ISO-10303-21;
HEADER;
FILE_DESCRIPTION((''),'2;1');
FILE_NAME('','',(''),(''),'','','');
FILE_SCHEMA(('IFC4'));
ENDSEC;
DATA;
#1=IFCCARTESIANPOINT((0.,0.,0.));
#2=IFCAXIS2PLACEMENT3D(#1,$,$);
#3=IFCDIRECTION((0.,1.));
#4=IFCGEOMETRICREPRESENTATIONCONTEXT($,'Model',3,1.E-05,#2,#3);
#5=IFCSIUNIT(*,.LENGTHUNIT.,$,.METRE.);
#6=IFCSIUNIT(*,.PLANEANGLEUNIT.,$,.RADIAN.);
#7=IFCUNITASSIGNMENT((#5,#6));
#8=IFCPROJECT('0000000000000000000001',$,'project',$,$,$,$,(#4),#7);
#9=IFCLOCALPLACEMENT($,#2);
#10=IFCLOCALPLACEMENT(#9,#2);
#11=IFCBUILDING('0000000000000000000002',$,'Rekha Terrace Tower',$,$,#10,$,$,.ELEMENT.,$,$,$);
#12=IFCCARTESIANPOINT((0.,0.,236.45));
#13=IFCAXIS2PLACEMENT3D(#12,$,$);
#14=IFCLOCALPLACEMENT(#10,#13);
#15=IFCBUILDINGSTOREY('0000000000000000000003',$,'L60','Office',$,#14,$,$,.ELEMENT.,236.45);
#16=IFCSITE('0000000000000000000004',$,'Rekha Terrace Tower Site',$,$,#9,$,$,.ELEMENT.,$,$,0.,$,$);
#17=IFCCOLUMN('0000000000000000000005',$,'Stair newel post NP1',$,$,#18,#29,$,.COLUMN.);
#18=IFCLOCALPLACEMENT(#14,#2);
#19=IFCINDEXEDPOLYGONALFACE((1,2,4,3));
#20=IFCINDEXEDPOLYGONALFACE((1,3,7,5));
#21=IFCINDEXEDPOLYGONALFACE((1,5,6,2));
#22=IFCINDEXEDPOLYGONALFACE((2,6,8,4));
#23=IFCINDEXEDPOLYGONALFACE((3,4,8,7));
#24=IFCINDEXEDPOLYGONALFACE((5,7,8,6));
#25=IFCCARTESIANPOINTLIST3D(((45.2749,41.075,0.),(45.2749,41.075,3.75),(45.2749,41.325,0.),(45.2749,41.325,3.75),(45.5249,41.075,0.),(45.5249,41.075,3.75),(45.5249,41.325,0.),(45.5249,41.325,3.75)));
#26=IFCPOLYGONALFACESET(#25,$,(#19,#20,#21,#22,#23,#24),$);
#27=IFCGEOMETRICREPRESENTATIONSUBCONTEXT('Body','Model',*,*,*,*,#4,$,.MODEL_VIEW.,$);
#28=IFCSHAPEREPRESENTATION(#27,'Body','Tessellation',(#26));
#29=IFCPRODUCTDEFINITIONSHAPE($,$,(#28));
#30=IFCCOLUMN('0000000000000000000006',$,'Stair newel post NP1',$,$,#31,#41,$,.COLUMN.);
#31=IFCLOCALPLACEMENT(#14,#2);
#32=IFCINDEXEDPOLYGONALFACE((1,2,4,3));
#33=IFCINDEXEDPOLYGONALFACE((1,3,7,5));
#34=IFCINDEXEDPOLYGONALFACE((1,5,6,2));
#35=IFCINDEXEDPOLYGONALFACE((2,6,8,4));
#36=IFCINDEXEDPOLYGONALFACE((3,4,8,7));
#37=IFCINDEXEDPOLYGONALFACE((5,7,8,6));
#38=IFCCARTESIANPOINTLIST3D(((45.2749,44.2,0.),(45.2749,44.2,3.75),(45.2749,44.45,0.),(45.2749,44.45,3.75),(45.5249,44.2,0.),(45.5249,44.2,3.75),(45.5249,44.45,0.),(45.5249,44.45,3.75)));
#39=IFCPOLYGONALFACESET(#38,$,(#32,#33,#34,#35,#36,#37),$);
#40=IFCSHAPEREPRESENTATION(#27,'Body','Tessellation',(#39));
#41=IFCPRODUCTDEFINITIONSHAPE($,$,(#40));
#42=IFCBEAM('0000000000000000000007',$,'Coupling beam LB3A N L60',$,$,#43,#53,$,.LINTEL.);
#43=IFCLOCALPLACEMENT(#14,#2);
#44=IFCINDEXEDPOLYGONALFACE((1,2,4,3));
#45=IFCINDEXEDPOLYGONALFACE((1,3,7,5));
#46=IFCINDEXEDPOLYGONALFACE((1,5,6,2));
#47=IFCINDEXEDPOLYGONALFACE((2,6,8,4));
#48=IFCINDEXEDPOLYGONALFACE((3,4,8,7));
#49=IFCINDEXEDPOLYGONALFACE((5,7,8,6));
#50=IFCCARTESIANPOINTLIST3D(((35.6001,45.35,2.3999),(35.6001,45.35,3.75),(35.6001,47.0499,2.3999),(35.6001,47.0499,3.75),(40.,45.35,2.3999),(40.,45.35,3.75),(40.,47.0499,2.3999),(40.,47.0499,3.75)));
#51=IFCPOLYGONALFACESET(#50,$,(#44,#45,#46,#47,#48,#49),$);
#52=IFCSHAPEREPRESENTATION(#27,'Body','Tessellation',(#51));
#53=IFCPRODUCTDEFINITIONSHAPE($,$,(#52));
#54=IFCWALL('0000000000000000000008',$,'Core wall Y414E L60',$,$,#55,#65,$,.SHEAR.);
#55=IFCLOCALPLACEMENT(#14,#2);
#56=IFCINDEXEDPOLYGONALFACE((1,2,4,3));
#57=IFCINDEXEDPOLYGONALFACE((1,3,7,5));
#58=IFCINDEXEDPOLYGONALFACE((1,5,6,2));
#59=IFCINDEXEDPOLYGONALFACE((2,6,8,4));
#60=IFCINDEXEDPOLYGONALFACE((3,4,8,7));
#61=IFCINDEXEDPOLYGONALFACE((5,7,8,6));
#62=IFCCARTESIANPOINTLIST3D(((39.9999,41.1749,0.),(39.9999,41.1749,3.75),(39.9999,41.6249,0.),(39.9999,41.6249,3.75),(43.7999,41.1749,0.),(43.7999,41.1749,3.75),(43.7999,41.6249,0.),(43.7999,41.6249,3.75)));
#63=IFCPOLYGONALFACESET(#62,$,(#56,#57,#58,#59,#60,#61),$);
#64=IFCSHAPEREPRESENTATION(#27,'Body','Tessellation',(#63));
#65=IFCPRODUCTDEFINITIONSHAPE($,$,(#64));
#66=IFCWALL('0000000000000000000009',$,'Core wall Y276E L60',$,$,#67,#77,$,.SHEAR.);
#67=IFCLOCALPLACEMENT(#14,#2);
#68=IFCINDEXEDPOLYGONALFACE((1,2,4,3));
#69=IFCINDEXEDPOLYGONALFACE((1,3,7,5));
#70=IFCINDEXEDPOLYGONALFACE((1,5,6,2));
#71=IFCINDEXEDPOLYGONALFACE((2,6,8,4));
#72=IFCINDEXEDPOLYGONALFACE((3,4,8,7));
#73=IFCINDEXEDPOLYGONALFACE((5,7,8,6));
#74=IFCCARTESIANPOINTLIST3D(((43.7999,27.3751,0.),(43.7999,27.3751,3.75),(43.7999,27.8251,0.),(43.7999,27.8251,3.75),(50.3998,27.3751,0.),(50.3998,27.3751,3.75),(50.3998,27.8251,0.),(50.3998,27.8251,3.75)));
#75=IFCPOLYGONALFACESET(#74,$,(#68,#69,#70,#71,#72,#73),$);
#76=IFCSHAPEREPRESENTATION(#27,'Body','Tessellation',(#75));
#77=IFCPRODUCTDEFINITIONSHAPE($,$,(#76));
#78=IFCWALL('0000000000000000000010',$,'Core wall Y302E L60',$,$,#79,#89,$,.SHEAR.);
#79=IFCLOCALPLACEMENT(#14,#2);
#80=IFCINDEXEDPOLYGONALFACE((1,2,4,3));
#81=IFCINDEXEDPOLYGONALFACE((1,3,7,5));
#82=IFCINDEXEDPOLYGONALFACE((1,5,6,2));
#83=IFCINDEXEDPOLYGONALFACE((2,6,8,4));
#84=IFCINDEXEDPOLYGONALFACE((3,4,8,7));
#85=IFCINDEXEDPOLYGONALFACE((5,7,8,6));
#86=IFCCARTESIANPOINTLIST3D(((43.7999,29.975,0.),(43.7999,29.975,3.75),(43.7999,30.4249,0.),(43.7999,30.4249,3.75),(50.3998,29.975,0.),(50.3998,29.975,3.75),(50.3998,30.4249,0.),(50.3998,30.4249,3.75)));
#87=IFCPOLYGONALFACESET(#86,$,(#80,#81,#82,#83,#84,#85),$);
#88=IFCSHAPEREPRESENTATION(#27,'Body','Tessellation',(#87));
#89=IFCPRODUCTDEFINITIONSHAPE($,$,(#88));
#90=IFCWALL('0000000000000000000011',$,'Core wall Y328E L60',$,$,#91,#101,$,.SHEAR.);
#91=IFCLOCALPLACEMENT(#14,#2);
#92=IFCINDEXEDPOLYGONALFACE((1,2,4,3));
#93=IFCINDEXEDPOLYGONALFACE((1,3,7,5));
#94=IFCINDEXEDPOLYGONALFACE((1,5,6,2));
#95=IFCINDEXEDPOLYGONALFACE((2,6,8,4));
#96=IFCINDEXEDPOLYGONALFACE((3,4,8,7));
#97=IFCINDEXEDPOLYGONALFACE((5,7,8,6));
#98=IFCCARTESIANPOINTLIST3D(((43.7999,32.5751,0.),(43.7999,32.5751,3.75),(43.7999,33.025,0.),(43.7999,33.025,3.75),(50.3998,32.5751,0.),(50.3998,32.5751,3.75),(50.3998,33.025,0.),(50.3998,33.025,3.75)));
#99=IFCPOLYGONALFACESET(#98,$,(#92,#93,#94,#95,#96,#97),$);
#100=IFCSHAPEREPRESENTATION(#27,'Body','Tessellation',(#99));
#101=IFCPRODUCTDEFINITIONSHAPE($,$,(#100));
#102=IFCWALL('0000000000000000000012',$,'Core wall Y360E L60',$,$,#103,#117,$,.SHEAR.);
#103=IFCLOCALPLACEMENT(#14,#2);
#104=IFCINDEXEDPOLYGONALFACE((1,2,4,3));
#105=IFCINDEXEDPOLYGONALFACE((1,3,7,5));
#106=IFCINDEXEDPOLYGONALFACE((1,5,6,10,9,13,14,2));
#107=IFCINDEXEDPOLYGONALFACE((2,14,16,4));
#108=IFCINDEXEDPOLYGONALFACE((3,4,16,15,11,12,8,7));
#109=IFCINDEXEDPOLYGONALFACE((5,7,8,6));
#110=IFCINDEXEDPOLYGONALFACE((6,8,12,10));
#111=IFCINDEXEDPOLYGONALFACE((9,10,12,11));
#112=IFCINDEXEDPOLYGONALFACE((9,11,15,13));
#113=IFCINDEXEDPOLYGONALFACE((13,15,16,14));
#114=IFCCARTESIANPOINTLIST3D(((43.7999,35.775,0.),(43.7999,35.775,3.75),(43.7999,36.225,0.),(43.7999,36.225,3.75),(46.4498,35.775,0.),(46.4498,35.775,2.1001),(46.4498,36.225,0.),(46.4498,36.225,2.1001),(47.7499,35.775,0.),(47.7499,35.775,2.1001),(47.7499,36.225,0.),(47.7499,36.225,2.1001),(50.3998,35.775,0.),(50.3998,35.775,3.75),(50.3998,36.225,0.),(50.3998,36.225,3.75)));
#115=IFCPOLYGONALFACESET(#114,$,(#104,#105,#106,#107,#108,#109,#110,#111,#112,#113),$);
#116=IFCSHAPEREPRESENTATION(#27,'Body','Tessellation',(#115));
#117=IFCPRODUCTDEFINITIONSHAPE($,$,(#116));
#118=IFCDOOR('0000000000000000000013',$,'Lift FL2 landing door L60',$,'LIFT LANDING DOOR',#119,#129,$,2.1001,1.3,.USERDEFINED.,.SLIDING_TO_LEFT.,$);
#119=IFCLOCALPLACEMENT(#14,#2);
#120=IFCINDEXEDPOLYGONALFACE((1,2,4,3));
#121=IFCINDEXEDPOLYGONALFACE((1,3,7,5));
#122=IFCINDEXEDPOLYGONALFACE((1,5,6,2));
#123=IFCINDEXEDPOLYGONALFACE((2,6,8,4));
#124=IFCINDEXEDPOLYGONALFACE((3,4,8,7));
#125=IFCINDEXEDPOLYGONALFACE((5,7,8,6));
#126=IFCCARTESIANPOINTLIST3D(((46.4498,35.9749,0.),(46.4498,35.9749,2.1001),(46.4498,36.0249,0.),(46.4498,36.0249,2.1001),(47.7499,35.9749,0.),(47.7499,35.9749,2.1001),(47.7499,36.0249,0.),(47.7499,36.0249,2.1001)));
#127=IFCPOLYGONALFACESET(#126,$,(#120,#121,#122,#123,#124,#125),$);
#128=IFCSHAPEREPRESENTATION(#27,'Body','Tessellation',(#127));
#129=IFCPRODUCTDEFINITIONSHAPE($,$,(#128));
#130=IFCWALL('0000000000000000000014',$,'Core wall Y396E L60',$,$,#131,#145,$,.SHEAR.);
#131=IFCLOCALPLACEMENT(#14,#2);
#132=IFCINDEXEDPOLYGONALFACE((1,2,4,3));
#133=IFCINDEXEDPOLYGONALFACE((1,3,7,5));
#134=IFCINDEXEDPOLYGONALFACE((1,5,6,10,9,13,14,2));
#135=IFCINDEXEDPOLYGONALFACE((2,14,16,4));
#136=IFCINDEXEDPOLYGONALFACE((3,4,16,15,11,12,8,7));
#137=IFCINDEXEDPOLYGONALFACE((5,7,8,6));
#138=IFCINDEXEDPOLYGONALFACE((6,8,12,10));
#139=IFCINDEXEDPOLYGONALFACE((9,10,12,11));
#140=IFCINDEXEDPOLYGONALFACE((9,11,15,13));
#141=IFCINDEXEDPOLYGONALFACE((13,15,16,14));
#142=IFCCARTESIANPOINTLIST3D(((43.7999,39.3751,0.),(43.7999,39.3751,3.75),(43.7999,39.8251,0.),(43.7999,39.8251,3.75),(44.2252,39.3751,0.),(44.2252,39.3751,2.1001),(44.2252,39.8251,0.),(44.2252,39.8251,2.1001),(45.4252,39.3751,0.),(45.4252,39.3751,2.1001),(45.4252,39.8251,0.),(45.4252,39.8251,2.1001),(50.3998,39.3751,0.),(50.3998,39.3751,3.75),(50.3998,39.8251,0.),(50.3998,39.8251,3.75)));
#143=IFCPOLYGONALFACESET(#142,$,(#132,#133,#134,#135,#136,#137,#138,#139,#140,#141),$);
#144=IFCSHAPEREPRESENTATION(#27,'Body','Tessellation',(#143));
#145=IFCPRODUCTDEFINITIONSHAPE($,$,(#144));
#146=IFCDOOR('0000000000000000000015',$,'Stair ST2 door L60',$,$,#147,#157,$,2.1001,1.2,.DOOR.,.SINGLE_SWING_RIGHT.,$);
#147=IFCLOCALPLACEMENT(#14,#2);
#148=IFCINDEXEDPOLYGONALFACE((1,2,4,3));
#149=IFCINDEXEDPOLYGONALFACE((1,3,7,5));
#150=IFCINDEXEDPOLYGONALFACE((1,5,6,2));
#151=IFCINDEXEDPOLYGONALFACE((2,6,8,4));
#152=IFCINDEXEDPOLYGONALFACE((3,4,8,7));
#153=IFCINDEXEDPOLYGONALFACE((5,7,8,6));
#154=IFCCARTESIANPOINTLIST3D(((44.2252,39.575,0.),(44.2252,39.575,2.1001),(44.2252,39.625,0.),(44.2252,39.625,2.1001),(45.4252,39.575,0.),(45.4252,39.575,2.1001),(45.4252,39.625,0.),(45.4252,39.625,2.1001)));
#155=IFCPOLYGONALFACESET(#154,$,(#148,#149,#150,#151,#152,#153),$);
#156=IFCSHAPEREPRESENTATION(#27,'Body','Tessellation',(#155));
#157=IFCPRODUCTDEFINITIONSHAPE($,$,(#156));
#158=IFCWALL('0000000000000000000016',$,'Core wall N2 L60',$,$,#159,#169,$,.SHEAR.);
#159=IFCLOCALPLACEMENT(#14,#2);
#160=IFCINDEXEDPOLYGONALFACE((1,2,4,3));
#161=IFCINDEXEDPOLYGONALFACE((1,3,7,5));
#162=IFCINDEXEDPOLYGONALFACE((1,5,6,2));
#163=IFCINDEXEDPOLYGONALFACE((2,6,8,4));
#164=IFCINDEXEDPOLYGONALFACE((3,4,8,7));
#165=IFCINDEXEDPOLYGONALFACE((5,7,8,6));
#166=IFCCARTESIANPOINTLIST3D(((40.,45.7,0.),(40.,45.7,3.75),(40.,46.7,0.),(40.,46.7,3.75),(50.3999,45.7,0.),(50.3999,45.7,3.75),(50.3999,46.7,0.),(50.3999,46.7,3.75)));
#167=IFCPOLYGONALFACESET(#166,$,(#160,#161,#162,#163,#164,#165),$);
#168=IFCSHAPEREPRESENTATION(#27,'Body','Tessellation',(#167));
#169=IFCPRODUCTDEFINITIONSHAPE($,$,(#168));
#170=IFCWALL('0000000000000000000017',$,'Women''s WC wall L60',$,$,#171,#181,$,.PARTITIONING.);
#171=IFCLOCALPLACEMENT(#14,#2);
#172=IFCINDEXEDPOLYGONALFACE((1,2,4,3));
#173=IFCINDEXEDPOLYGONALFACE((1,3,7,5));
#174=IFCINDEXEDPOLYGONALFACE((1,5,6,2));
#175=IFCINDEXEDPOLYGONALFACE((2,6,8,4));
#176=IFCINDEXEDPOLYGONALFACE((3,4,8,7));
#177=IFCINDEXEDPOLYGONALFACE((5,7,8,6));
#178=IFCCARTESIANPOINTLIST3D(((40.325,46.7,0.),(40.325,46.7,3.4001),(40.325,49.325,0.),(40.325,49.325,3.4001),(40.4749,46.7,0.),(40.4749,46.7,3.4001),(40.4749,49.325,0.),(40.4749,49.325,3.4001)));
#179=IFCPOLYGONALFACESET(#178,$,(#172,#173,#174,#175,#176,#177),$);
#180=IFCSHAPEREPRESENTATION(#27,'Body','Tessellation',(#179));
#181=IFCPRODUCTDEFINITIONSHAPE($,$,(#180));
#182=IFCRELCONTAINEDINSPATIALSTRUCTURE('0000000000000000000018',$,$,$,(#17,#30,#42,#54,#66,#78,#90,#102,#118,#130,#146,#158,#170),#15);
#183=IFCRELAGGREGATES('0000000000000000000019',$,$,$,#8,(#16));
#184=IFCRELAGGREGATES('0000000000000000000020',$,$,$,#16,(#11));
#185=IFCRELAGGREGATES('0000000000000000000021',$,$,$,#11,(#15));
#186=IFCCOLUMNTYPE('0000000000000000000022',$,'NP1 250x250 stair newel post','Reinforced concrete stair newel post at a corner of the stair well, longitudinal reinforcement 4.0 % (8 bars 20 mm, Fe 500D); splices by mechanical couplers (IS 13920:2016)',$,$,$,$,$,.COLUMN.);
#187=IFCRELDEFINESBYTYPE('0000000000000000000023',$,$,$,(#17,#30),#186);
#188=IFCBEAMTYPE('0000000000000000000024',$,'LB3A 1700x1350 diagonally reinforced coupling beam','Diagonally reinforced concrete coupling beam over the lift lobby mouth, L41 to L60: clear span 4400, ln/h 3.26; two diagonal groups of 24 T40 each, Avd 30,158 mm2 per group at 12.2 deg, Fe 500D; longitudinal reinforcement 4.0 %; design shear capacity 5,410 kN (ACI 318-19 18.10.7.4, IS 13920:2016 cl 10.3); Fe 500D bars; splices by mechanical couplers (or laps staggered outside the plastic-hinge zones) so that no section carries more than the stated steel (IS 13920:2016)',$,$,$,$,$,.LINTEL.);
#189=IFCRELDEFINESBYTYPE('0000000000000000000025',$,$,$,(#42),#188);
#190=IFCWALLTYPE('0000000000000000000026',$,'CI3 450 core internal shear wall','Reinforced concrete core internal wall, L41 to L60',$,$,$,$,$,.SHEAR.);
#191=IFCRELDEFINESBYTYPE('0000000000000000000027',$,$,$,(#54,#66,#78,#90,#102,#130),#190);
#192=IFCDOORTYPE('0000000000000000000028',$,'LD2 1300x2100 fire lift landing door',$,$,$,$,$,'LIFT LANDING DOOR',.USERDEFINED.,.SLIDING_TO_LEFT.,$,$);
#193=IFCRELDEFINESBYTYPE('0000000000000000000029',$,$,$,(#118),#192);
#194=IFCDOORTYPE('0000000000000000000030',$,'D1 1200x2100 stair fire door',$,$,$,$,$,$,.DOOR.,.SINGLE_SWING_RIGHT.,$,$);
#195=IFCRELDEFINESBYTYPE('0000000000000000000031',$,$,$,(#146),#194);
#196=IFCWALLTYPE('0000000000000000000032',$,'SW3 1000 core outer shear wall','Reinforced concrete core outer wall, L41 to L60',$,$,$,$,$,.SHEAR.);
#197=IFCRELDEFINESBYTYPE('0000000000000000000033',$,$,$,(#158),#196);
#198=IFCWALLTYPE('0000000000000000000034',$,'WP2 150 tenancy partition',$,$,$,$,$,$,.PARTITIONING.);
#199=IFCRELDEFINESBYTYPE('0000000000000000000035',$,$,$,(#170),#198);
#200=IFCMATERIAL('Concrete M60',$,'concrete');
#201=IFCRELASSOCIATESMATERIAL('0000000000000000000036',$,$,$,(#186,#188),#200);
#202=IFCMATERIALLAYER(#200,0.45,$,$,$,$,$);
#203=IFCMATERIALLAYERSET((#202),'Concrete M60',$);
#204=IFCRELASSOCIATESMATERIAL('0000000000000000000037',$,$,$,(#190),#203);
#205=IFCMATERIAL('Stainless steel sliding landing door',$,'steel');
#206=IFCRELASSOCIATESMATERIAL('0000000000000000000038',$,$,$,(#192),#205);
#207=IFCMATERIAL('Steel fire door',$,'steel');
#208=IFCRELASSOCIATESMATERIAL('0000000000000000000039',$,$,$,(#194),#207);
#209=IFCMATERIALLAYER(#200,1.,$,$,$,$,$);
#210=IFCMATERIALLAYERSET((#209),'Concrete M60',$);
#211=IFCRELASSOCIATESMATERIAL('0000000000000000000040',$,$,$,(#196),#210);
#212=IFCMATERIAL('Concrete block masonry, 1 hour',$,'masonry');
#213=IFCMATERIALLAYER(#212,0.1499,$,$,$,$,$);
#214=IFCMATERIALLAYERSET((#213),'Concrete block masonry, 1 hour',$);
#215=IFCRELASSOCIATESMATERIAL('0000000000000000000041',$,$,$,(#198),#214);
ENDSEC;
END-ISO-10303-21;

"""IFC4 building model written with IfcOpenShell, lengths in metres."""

from ifc_helpers import new_model, si_unit, direction, frame, frame_2d, origin, origin_2d, place, context, subcontext, project, spatial, rectangle, extrude, material, layer, layer_set, material_profile, profile_set, type_object, element, fill, save


model = new_model("IFC4")

# Units and contexts
model_context = context("Model", 3, precision=1e-05, world=origin(), true_north=direction((0.0, 1.0)))
body_context = subcontext(model_context, "Body", "Model", "MODEL_VIEW")
ifc_project = project(units=[si_unit("LENGTHUNIT", "METRE"), si_unit("PLANEANGLEUNIT", "RADIAN")], contexts=[model_context])

# Site, building, storey
site_placement = place(None, origin())
site = spatial("IfcSite", under=ifc_project, at=site_placement, Name="Rekha Terrace Tower Site", CompositionType="ELEMENT", RefElevation=0.0)
building_placement = place(site_placement, origin())
building = spatial("IfcBuilding", under=site, at=building_placement, Name="Rekha Terrace Tower", CompositionType="ELEMENT")
storey_placement = place(building_placement, frame((0.0, 0.0, 236.45)))
storey = spatial("IfcBuildingStorey", under=building, at=storey_placement, Name="L60", Description="Office", CompositionType="ELEMENT", Elevation=236.45)

# Columns
ifc_material_1 = material(Name="Concrete M60", Category="concrete")
ifc_material_profile_1 = material_profile(ifc_material_1, rectangle(XDim=0.25, YDim=0.25, at=origin_2d()), Name="RC 250x250")
ifc_profile_set_1 = profile_set([ifc_material_profile_1], Name="Concrete M60")
column_type = type_object("IfcColumnType", Name="NP1 250x250 stair newel post", Description="Reinforced concrete stair newel post at a corner of the stair well, longitudinal reinforcement 4.0 % (8 bars 20 mm, Fe 500D); splices by mechanical couplers (IS 13920:2016)", PredefinedType="COLUMN", material=ifc_profile_set_1)
for number, where, z_axis, x_axis, name in (
    (1, (45.3999, 41.2, 0.0), (0.0, 0.0, 1.0), (1.0, 0.0, 0.0), "Stair newel post NP1"),
    (2, (45.3999, 44.325, 0.0), (0.0, 0.0, 1.0), (1.0, 0.0, 0.0), "Stair newel post NP1"),
):
    element("IfcColumn", number, at=place(storey_placement, frame(where, z_axis=z_axis, x_axis=x_axis)), inside=storey, type_object=column_type, Name=name, PredefinedType="COLUMN", context=body_context, shape_type="SweptSolid", body=[
        extrude(rectangle(XDim=0.25, YDim=0.25, at=origin_2d()), origin(), (0.0, 0.0, 1.0), 3.75),
    ])

# Beam
ifc_material_profile_2 = material_profile(ifc_material_1, rectangle(XDim=1.7, YDim=1.3501, at=origin_2d()), Name="RC 1700x1350")
ifc_profile_set_2 = profile_set([ifc_material_profile_2], Name="Concrete M60")
beam_type = type_object("IfcBeamType", Name="LB3A 1700x1350 diagonally reinforced coupling beam", Description="Diagonally reinforced concrete coupling beam over the lift lobby mouth, L41 to L60: clear span 4400, ln/h 3.26; two diagonal groups of 24 T40 each, Avd 30,158 mm2 per group at 12.2 deg, Fe 500D; longitudinal reinforcement 4.0 %; design shear capacity 5,410 kN (ACI 318-19 18.10.7.4, IS 13920:2016 cl 10.3); Fe 500D bars; splices by mechanical couplers (or laps staggered outside the plastic-hinge zones) so that no section carries more than the stated steel (IS 13920:2016)", PredefinedType="LINTEL", material=ifc_profile_set_2)
beam_placement = place(storey_placement, frame((35.6001, 46.2, 3.075), z_axis=(1.0, 0.0, 0.0), x_axis=(0.0, 1.0, 0.0)))
element("IfcBeam", 3, at=beam_placement, inside=storey, type_object=beam_type, Name="Coupling beam LB3A N L60", PredefinedType="LINTEL", context=body_context, shape_type="SweptSolid", body=[
    extrude(rectangle(XDim=1.7, YDim=1.3501, at=origin_2d()), origin(), (0.0, 0.0, 1.0), 4.3999),
])

# Walls
ifc_layer_1 = layer(ifc_material_1, 0.45)
ifc_layer_set_1 = layer_set([ifc_layer_1], Name="Concrete M60")
wall_type_1 = type_object("IfcWallType", Name="CI3 450 core internal shear wall", Description="Reinforced concrete core internal wall, L41 to L60", PredefinedType="SHEAR", material=ifc_layer_set_1)
wall_1_placement = place(storey_placement, frame((40.0, 41.3999, 0.0), z_axis=(0.0, 0.0, 1.0), x_axis=(1.0, 0.0, 0.0)))
element("IfcWall", 4, at=wall_1_placement, inside=storey, type_object=wall_type_1, Name="Core wall Y414E L60", PredefinedType="SHEAR", context=body_context, shape_type="SweptSolid", body=[
    extrude(rectangle(XDim=3.8, YDim=0.45, at=frame_2d((1.8999, 0.0))), origin(), (0.0, 0.0, 1.0), 3.75),
])
for number, where, z_axis, x_axis, name in (
    (5, (43.8, 27.6001, 0.0), (0.0, 0.0, 1.0), (1.0, 0.0, 0.0), "Core wall Y276E L60"),
    (6, (43.8, 30.2, 0.0), (0.0, 0.0, 1.0), (1.0, 0.0, 0.0), "Core wall Y302E L60"),
    (7, (43.8, 32.8, 0.0), (0.0, 0.0, 1.0), (1.0, 0.0, 0.0), "Core wall Y328E L60"),
):
    element("IfcWall", number, at=place(storey_placement, frame(where, z_axis=z_axis, x_axis=x_axis)), inside=storey, type_object=wall_type_1, Name=name, PredefinedType="SHEAR", context=body_context, shape_type="SweptSolid", body=[
        extrude(rectangle(XDim=6.5999, YDim=0.45, at=frame_2d((3.2998, 0.0))), origin(), (0.0, 0.0, 1.0), 3.75),
    ])

# Walls, openings, doors
wall_2_placement = place(storey_placement, frame((43.8, 36.0, 0.0), z_axis=(0.0, 0.0, 1.0), x_axis=(1.0, 0.0, 0.0)))
wall_2 = element("IfcWall", 8, at=wall_2_placement, inside=storey, type_object=wall_type_1, Name="Core wall Y360E L60", PredefinedType="SHEAR", context=body_context, shape_type="SweptSolid", body=[
    extrude(rectangle(XDim=6.5999, YDim=0.45, at=frame_2d((3.2998, 0.0))), origin(), (0.0, 0.0, 1.0), 3.75),
])
opening_1_placement = place(wall_2_placement, frame((2.6499, 0.0, 0.0)))
opening_1 = element("IfcOpeningElement", 9, at=opening_1_placement, cuts=wall_2, PredefinedType="OPENING", context=body_context, shape_type="SweptSolid", body=[
    extrude(rectangle(XDim=1.3, YDim=2.1001, at=frame_2d((0.6499, 1.05))), frame((0.0, 0.2349, 0.0), z_axis=(0.0, -1.0, 0.0), x_axis=(1.0, 0.0, 0.0)), (0.0, 0.0, 1.0), 0.47),
])
ifc_material_2 = material(Name="Stainless steel sliding landing door", Category="steel")
door_type_1 = type_object("IfcDoorType", Name="LD2 1300x2100 fire lift landing door", ElementType="LIFT LANDING DOOR", OperationType="SLIDING_TO_LEFT", PredefinedType="USERDEFINED", material=ifc_material_2)
door_1_placement = place(opening_1_placement, origin())
door_1 = element("IfcDoor", 10, at=door_1_placement, inside=storey, type_object=door_type_1, Name="Lift FL2 landing door L60", ObjectType="LIFT LANDING DOOR", OperationType="SLIDING_TO_LEFT", OverallHeight=2.1001, OverallWidth=1.3, PredefinedType="USERDEFINED", context=body_context, shape_type="SweptSolid", body=[
    extrude(rectangle(XDim=1.3, YDim=2.1001, at=frame_2d((0.6499, 1.05))), frame((0.0, 0.0249, 0.0), z_axis=(0.0, -1.0, 0.0), x_axis=(1.0, 0.0, 0.0)), (0.0, 0.0, 1.0), 0.05),
])
fill(opening_1, door_1)
wall_3_placement = place(storey_placement, frame((43.8, 39.6001, 0.0), z_axis=(0.0, 0.0, 1.0), x_axis=(1.0, 0.0, 0.0)))
wall_3 = element("IfcWall", 11, at=wall_3_placement, inside=storey, type_object=wall_type_1, Name="Core wall Y396E L60", PredefinedType="SHEAR", context=body_context, shape_type="SweptSolid", body=[
    extrude(rectangle(XDim=6.5999, YDim=0.45, at=frame_2d((3.2998, 0.0))), origin(), (0.0, 0.0, 1.0), 3.75),
])
opening_2_placement = place(wall_3_placement, frame((0.425, 0.0, 0.0)))
opening_2 = element("IfcOpeningElement", 12, at=opening_2_placement, cuts=wall_3, PredefinedType="OPENING", context=body_context, shape_type="SweptSolid", body=[
    extrude(rectangle(XDim=1.2, YDim=2.1001, at=frame_2d((0.6001, 1.05))), frame((0.0, 0.2349, 0.0), z_axis=(0.0, -1.0, 0.0), x_axis=(1.0, 0.0, 0.0)), (0.0, 0.0, 1.0), 0.47),
])
ifc_material_3 = material(Name="Steel fire door", Category="steel")
door_type_2 = type_object("IfcDoorType", Name="D1 1200x2100 stair fire door", OperationType="SINGLE_SWING_RIGHT", PredefinedType="DOOR", material=ifc_material_3)
door_2_placement = place(opening_2_placement, origin())
door_2 = element("IfcDoor", 13, at=door_2_placement, inside=storey, type_object=door_type_2, Name="Stair ST2 door L60", OperationType="SINGLE_SWING_RIGHT", OverallHeight=2.1001, OverallWidth=1.2, PredefinedType="DOOR", context=body_context, shape_type="SweptSolid", body=[
    extrude(rectangle(XDim=1.2, YDim=2.1001, at=frame_2d((0.6001, 1.05))), frame((0.0, 0.0249, 0.0), z_axis=(0.0, -1.0, 0.0), x_axis=(1.0, 0.0, 0.0)), (0.0, 0.0, 1.0), 0.05),
])
fill(opening_2, door_2)

# Walls
ifc_layer_2 = layer(ifc_material_1, 1.0)
ifc_layer_set_2 = layer_set([ifc_layer_2], Name="Concrete M60")
wall_type_2 = type_object("IfcWallType", Name="SW3 1000 core outer shear wall", Description="Reinforced concrete core outer wall, L41 to L60", PredefinedType="SHEAR", material=ifc_layer_set_2)
wall_4_placement = place(storey_placement, frame((40.0, 46.2, 0.0), z_axis=(0.0, 0.0, 1.0), x_axis=(1.0, 0.0, 0.0)))
element("IfcWall", 14, at=wall_4_placement, inside=storey, type_object=wall_type_2, Name="Core wall N2 L60", PredefinedType="SHEAR", context=body_context, shape_type="SweptSolid", body=[
    extrude(rectangle(XDim=10.3999, YDim=1.0, at=frame_2d((5.2, 0.0))), origin(), (0.0, 0.0, 1.0), 3.75),
])
ifc_material_4 = material(Name="Concrete block masonry, 1 hour", Category="masonry")
ifc_layer_3 = layer(ifc_material_4, 0.1499)
ifc_layer_set_3 = layer_set([ifc_layer_3], Name="Concrete block masonry, 1 hour")
wall_type_3 = type_object("IfcWallType", Name="WP2 150 tenancy partition", PredefinedType="PARTITIONING", material=ifc_layer_set_3)
for number, where, z_axis, x_axis, name in (
    (15, (40.3999, 46.7, 0.0), (0.0, 0.0, 1.0), (0.0, 1.0, 0.0), "Women's WC wall L60"),
):
    element("IfcWall", number, at=place(storey_placement, frame(where, z_axis=z_axis, x_axis=x_axis)), inside=storey, type_object=wall_type_3, Name=name, PredefinedType="PARTITIONING", context=body_context, shape_type="SweptSolid", body=[
        extrude(rectangle(XDim=2.625, YDim=0.1499, at=frame_2d((1.3125, 0.0))), origin(), (0.0, 0.0, 1.0), 3.4001),
    ])

save(model, "model.ifc")
